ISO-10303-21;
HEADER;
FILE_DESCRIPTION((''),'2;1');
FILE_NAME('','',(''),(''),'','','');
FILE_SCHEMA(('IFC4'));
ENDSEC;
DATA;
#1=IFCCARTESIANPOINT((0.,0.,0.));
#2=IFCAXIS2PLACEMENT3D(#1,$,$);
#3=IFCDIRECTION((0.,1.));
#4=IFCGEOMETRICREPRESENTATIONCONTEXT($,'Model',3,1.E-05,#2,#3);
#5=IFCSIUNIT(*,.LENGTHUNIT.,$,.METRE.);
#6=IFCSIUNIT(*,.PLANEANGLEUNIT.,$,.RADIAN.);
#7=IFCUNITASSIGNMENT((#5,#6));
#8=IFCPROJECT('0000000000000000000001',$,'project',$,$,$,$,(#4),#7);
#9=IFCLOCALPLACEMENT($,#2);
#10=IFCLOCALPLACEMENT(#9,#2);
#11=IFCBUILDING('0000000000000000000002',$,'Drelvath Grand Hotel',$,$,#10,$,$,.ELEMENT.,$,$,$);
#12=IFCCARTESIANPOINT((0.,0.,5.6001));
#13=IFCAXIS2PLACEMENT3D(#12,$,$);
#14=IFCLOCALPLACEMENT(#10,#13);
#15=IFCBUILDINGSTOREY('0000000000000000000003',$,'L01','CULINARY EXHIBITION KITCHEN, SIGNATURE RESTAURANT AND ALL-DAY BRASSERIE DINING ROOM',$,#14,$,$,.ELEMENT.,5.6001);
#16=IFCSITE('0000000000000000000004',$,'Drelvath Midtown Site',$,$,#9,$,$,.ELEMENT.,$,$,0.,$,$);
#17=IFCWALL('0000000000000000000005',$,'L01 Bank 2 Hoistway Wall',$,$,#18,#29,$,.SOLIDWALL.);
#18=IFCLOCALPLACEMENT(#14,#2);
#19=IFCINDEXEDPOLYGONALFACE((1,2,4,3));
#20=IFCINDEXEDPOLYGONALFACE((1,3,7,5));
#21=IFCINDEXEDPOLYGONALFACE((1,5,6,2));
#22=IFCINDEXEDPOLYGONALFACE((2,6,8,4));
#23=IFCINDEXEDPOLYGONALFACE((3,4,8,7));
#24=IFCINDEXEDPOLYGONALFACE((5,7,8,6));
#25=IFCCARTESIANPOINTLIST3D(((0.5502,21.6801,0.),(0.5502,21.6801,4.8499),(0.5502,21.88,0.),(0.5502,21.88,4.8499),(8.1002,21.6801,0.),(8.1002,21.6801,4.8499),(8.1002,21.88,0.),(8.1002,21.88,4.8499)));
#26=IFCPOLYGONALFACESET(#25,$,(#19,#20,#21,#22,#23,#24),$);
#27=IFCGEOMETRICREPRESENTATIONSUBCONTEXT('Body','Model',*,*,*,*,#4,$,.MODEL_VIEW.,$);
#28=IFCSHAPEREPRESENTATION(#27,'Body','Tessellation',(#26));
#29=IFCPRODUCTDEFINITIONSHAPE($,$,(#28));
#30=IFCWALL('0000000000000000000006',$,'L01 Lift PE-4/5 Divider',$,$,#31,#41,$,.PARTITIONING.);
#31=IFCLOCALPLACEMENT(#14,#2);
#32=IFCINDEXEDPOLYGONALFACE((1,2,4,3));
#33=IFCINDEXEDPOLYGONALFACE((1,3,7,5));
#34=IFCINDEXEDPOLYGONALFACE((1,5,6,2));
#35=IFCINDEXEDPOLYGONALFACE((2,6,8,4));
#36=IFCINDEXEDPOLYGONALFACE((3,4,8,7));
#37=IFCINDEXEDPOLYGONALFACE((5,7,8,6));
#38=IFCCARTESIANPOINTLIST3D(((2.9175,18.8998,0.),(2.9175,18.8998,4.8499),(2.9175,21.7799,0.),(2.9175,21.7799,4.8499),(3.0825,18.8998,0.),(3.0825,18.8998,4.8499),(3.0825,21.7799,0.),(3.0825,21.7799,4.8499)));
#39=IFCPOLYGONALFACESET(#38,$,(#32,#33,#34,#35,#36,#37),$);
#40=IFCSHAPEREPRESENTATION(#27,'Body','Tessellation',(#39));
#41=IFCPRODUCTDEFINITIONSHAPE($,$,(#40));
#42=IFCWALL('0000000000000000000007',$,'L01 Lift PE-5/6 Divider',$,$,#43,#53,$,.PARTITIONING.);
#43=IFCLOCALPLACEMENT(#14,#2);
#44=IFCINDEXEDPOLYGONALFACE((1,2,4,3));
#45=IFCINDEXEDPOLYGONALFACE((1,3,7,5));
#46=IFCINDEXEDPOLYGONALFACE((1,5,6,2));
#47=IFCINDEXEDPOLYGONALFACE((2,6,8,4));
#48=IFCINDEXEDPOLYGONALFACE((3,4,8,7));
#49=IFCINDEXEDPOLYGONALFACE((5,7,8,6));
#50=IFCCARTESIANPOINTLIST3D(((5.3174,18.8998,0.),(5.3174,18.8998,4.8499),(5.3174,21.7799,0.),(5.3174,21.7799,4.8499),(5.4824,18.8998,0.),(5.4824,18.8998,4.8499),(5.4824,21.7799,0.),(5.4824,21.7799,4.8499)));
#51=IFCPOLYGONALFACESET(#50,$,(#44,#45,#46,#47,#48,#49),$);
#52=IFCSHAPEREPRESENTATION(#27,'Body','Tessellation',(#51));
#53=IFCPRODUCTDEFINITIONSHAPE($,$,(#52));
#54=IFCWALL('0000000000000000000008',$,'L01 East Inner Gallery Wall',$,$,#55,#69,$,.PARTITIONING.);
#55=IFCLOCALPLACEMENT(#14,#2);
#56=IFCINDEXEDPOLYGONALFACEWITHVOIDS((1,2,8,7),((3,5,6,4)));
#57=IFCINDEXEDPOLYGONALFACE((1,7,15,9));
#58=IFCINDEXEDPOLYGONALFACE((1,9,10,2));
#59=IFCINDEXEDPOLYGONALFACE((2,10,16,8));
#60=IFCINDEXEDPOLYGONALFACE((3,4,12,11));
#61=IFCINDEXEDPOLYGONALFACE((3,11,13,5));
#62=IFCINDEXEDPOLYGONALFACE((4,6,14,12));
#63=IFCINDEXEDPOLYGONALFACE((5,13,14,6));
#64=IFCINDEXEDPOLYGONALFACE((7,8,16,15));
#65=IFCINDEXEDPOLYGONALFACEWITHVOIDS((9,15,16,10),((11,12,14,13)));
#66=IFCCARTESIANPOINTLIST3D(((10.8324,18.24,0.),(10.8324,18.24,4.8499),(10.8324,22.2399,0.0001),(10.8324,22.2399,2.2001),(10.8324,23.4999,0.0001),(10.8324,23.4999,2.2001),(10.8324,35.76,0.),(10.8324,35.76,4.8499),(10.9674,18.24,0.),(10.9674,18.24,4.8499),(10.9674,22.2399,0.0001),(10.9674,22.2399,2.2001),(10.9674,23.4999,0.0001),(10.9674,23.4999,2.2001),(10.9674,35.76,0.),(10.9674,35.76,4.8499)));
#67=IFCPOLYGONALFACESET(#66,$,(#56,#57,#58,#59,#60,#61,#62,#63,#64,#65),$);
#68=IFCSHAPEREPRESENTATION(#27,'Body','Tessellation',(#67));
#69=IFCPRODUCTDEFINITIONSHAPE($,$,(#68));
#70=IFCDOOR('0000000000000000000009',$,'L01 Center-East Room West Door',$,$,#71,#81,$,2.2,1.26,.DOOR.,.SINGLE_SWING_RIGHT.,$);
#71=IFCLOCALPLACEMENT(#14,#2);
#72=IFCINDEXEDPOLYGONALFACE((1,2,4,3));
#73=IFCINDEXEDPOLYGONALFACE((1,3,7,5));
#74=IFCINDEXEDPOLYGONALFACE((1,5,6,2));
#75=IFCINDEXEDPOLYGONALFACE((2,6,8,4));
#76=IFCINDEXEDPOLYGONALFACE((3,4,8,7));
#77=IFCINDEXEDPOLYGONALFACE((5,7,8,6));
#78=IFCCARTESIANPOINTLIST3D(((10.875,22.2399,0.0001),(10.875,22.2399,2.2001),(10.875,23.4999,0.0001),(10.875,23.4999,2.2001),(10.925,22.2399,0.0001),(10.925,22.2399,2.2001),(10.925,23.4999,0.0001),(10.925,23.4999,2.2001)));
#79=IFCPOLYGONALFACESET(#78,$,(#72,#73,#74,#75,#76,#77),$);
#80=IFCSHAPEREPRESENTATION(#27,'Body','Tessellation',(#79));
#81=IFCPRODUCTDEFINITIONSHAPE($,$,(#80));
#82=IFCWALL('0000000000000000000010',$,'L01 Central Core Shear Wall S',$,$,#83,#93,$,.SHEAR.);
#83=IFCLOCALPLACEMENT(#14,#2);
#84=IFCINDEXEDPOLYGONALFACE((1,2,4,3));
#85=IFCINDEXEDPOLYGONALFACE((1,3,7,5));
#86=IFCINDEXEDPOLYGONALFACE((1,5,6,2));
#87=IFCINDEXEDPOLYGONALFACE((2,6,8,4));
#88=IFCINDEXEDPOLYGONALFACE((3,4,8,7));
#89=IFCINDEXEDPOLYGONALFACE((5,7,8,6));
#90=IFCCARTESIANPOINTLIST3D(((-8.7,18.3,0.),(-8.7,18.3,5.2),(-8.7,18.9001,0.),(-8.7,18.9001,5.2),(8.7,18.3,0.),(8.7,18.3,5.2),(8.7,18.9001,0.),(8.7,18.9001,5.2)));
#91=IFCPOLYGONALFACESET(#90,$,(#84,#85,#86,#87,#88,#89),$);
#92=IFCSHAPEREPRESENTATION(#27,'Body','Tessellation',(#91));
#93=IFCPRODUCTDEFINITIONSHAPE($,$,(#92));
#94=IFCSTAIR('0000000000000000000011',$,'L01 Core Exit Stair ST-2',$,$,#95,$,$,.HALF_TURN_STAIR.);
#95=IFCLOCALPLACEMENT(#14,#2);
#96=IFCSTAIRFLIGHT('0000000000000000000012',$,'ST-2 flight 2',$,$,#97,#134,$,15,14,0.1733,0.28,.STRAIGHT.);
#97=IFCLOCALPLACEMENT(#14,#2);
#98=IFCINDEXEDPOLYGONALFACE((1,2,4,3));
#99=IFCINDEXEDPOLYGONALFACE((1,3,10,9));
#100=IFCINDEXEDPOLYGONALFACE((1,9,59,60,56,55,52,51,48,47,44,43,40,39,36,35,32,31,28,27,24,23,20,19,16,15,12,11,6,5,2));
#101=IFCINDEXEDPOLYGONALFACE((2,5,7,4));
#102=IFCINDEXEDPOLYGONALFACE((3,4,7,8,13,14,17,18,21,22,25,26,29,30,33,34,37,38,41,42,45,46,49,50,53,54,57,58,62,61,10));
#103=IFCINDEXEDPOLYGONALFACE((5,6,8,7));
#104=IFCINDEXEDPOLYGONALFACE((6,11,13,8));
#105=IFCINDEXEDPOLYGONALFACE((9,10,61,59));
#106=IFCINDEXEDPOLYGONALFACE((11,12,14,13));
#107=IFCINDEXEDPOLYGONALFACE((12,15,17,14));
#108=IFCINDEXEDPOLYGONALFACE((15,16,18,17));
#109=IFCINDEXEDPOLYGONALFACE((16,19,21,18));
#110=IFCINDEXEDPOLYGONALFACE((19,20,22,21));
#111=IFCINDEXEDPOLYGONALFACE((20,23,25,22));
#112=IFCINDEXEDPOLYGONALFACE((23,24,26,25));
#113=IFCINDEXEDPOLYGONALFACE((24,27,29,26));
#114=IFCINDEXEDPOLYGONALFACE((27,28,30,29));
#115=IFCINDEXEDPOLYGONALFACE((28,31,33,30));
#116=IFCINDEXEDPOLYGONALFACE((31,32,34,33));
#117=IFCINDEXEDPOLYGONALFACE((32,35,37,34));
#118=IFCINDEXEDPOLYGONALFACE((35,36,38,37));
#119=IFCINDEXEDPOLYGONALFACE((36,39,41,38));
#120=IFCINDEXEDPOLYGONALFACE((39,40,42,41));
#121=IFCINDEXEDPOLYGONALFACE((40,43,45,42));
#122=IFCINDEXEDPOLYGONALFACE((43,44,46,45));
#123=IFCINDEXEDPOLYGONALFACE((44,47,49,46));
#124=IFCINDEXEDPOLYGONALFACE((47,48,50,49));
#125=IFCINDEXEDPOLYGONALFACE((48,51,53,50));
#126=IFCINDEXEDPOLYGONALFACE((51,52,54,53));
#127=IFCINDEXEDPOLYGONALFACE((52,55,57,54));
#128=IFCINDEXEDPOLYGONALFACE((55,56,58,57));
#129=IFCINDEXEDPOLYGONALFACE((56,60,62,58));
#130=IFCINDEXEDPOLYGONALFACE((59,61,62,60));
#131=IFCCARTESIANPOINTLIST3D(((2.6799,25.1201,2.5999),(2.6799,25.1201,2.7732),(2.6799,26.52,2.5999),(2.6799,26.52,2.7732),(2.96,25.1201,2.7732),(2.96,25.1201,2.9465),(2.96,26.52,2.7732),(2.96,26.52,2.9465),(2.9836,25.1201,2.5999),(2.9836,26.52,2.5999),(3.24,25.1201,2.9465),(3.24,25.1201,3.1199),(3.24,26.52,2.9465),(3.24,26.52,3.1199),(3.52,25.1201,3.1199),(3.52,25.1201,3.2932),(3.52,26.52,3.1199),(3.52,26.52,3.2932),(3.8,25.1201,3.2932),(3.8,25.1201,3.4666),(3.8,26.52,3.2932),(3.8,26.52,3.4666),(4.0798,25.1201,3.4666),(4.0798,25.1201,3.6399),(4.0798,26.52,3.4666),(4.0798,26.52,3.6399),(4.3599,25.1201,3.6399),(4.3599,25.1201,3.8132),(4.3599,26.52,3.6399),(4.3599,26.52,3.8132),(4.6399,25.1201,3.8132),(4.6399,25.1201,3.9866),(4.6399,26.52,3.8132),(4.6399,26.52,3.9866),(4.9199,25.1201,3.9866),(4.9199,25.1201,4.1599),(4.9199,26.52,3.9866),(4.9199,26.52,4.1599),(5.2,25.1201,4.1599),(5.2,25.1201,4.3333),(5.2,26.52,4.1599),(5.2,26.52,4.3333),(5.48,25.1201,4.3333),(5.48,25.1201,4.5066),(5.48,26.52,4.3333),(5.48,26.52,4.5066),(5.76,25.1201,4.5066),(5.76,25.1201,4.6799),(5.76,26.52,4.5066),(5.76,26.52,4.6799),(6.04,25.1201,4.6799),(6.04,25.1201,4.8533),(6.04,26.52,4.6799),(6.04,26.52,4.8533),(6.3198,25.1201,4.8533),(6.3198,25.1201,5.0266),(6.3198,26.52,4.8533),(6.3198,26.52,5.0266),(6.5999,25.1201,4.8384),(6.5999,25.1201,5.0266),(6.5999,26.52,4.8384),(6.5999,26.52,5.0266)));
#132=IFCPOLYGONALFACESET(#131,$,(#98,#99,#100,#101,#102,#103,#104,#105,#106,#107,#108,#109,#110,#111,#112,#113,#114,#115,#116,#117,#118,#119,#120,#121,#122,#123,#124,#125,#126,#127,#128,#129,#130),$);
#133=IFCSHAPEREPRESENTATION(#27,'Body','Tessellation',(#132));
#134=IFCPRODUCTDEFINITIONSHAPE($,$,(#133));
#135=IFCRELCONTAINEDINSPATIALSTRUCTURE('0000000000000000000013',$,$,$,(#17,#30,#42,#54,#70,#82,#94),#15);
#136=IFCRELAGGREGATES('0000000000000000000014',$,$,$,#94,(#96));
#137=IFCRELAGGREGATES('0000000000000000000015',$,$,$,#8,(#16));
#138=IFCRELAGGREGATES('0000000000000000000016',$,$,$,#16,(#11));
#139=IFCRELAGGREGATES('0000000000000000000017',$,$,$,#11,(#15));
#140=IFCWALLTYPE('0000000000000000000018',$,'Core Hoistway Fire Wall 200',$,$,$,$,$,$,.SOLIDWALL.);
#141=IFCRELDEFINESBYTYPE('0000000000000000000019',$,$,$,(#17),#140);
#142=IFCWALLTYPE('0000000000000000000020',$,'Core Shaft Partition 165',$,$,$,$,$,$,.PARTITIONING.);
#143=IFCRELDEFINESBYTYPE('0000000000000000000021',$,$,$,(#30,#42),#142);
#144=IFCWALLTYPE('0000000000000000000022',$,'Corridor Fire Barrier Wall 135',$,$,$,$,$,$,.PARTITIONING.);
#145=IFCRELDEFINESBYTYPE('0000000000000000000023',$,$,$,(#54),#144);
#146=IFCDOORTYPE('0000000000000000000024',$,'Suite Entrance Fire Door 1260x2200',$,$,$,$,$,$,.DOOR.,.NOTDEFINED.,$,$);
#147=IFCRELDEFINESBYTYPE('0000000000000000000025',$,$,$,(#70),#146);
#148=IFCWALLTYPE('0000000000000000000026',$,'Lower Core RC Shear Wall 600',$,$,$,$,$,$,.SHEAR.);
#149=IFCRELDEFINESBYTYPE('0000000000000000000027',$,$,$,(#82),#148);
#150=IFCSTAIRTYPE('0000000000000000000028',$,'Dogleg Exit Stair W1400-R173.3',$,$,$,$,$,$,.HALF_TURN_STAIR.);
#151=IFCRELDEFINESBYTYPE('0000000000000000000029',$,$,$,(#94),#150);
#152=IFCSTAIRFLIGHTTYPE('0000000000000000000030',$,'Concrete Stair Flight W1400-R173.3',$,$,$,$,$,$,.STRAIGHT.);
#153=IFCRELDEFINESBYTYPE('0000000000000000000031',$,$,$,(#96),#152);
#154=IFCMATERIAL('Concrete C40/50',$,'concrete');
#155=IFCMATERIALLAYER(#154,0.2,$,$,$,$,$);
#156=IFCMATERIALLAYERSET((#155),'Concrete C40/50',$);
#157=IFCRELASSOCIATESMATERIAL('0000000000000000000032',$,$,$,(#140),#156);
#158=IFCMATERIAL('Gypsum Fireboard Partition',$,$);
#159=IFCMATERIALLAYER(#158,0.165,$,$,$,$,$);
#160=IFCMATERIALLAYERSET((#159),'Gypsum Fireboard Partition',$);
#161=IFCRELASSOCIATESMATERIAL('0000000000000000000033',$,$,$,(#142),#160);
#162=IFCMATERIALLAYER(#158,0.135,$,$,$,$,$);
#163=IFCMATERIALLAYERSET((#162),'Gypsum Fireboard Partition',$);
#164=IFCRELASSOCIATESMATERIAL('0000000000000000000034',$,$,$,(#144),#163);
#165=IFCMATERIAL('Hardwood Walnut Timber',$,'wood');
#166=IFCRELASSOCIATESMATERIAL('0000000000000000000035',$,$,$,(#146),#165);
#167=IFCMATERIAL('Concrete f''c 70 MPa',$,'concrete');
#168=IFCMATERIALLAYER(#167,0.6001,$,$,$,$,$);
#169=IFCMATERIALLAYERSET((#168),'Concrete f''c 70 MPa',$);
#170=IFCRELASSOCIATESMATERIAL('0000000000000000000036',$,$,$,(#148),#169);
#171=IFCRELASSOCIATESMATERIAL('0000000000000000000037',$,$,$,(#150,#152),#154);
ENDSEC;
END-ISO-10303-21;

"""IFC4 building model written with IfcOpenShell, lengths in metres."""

from ifc_helpers import new_model, si_unit, direction, frame, frame_2d, origin, place, context, subcontext, project, spatial, polyline, rectangle, outline, extrude, material, layer, layer_set, type_object, element, fill, aggregate, save


model = new_model("IFC4")

# Units and contexts
model_context = context("Model", 3, precision=1e-05, world=origin(), true_north=direction((0.0, 1.0)))
body_context = subcontext(model_context, "Body", "Model", "MODEL_VIEW")
ifc_project = project(units=[si_unit("LENGTHUNIT", "METRE"), si_unit("PLANEANGLEUNIT", "RADIAN")], contexts=[model_context])

# Site, building, storey
site_placement = place(None, origin())
site = spatial("IfcSite", under=ifc_project, at=site_placement, Name="Drelvath Midtown Site", CompositionType="ELEMENT", RefElevation=0.0)
building_placement = place(site_placement, origin())
building = spatial("IfcBuilding", under=site, at=building_placement, Name="Drelvath Grand Hotel", CompositionType="ELEMENT")
storey_placement = place(building_placement, frame((0.0, 0.0, 5.6001)))
storey = spatial("IfcBuildingStorey", under=building, at=storey_placement, Name="L01", Description="CULINARY EXHIBITION KITCHEN, SIGNATURE RESTAURANT AND ALL-DAY BRASSERIE DINING ROOM", CompositionType="ELEMENT", Elevation=5.6001)

# Shared definitions
ifc_material_1 = material(Name="Concrete f'c 70 MPa", Category="concrete")

# Walls
ifc_material_2 = material(Name="Concrete C40/50", Category="concrete")
ifc_layer_1 = layer(ifc_material_2, 0.2)
ifc_layer_set_1 = layer_set([ifc_layer_1], Name="Concrete C40/50")
wall_type_1 = type_object("IfcWallType", Name="Core Hoistway Fire Wall 200", PredefinedType="SOLIDWALL", material=ifc_layer_set_1)
wall_1_placement = place(storey_placement, frame((8.1001, 21.78, 0.0), z_axis=(0.0, 0.0, 1.0), x_axis=(-1.0, 0.0, 0.0)))
element("IfcWall", 1, at=wall_1_placement, inside=storey, type_object=wall_type_1, Name="L01 Bank 2 Hoistway Wall", PredefinedType="SOLIDWALL", context=body_context, shape_type="SweptSolid", body=[
    extrude(rectangle(XDim=7.55, YDim=0.2, at=frame_2d((3.7749, 0.0))), origin(), (0.0, 0.0, 1.0), 4.8499),
])
ifc_material_3 = material(Name="Gypsum Fireboard Partition")
ifc_layer_2 = layer(ifc_material_3, 0.165)
ifc_layer_set_2 = layer_set([ifc_layer_2], Name="Gypsum Fireboard Partition")
wall_type_2 = type_object("IfcWallType", Name="Core Shaft Partition 165", PredefinedType="PARTITIONING", material=ifc_layer_set_2)
for number, where, z_axis, x_axis, name in (
    (2, (3.0, 18.8999, 0.0), (0.0, 0.0, 1.0), (0.0, 1.0, 0.0), "L01 Lift PE-4/5 Divider"),
    (3, (5.3999, 18.8999, 0.0), (0.0, 0.0, 1.0), (0.0, 1.0, 0.0), "L01 Lift PE-5/6 Divider"),
):
    element("IfcWall", number, at=place(storey_placement, frame(where, z_axis=z_axis, x_axis=x_axis)), inside=storey, type_object=wall_type_2, Name=name, PredefinedType="PARTITIONING", context=body_context, shape_type="SweptSolid", body=[
        extrude(rectangle(XDim=2.8801, YDim=0.165, at=frame_2d((1.4399, 0.0))), origin(), (0.0, 0.0, 1.0), 4.8499),
    ])

# Wall, opening, door
ifc_layer_3 = layer(ifc_material_3, 0.135)
ifc_layer_set_3 = layer_set([ifc_layer_3], Name="Gypsum Fireboard Partition")
wall_type_3 = type_object("IfcWallType", Name="Corridor Fire Barrier Wall 135", PredefinedType="PARTITIONING", material=ifc_layer_set_3)
wall_2_placement = place(storey_placement, frame((10.8999, 18.24, 0.0), z_axis=(0.0, 0.0, 1.0), x_axis=(0.0, 1.0, 0.0)))
wall_2 = element("IfcWall", 4, at=wall_2_placement, inside=storey, type_object=wall_type_3, Name="L01 East Inner Gallery Wall", PredefinedType="PARTITIONING", context=body_context, shape_type="SweptSolid", body=[
    extrude(rectangle(XDim=17.52, YDim=0.135, at=frame_2d((8.76, 0.0))), origin(), (0.0, 0.0, 1.0), 4.8499),
])
opening_1_placement = place(wall_2_placement, frame((4.0, 0.0, 0.0)))
opening_1 = element("IfcOpeningElement", 5, at=opening_1_placement, cuts=wall_2, PredefinedType="OPENING", context=body_context, shape_type="SweptSolid", body=[
    extrude(rectangle(XDim=1.26, YDim=2.2, at=frame_2d((0.6299, 1.1001))), frame((0.0, 0.0774, 0.0), z_axis=(0.0, -1.0, 0.0), x_axis=(1.0, 0.0, 0.0)), (0.0, 0.0, 1.0), 0.155),
])
ifc_material_4 = material(Name="Hardwood Walnut Timber", Category="wood")
door_type_1 = type_object("IfcDoorType", Name="Suite Entrance Fire Door 1260x2200", OperationType="NOTDEFINED", PredefinedType="DOOR", material=ifc_material_4)
door_1_placement = place(opening_1_placement, origin())
door_1 = element("IfcDoor", 6, at=door_1_placement, inside=storey, type_object=door_type_1, Name="L01 Center-East Room West Door", OperationType="SINGLE_SWING_RIGHT", OverallHeight=2.2, OverallWidth=1.26, PredefinedType="DOOR", context=body_context, shape_type="SweptSolid", body=[
    extrude(rectangle(XDim=1.26, YDim=2.2, at=frame_2d((0.6299, 1.1001))), frame((0.0, 0.0249, 0.0), z_axis=(0.0, -1.0, 0.0), x_axis=(1.0, 0.0, 0.0)), (0.0, 0.0, 1.0), 0.05),
])
fill(opening_1, door_1)

# Wall
ifc_layer_4 = layer(ifc_material_1, 0.6001)
ifc_layer_set_4 = layer_set([ifc_layer_4], Name="Concrete f'c 70 MPa")
wall_type_4 = type_object("IfcWallType", Name="Lower Core RC Shear Wall 600", PredefinedType="SHEAR", material=ifc_layer_set_4)
wall_3_placement = place(storey_placement, frame((8.7, 18.6001, 0.0), z_axis=(0.0, 0.0, 1.0), x_axis=(-1.0, 0.0, 0.0)))
element("IfcWall", 7, at=wall_3_placement, inside=storey, type_object=wall_type_4, Name="L01 Central Core Shear Wall S", PredefinedType="SHEAR", context=body_context, shape_type="SweptSolid", body=[
    extrude(rectangle(XDim=17.3999, YDim=0.6001, at=frame_2d((8.7, 0.0))), origin(), (0.0, 0.0, 1.0), 5.2),
])

# Stair, stair flight
stair_type = type_object("IfcStairType", Name="Dogleg Exit Stair W1400-R173.3", PredefinedType="HALF_TURN_STAIR", material=ifc_material_2)
stair_placement = place(storey_placement, origin())
stair = element("IfcStair", 8, at=stair_placement, inside=storey, type_object=stair_type, Name="L01 Core Exit Stair ST-2", PredefinedType="HALF_TURN_STAIR")
stair_flight_type = type_object("IfcStairFlightType", Name="Concrete Stair Flight W1400-R173.3", PredefinedType="STRAIGHT", material=ifc_material_2)
stair_flight_placement = place(storey_placement, frame((2.6799, 25.8201, 2.5999), z_axis=(0.0, 0.0, 1.0), x_axis=(1.0, 0.0, 0.0)))
stair_flight = element("IfcStairFlight", 9, at=stair_flight_placement, type_object=stair_flight_type, Name="ST-2 flight 2", NumberOfRisers=15, NumberOfTreads=14, PredefinedType="STRAIGHT", RiserHeight=0.1733, TreadLength=0.28, context=body_context, shape_type="SweptSolid", body=[
    extrude(outline(polyline([(0.0, 0.0), (0.0, 0.1733), (0.28, 0.1733), (0.28, 0.3467), (0.5601, 0.3467), (0.5601, 0.52), (0.8401, 0.52), (0.8401, 0.6934), (1.1201, 0.6934), (1.1201, 0.8667), (1.3999, 0.8667), (1.3999, 1.04), (1.6799, 1.04), (1.6799, 1.2134), (1.96, 1.2134), (1.96, 1.3867), (2.24, 1.3867), (2.24, 1.5601), (2.52, 1.5601), (2.52, 1.7334), (2.8, 1.7334), (2.8, 1.9067), (3.0801, 1.9067), (3.0801, 2.0801), (3.3601, 2.0801), (3.3601, 2.2534), (3.6399, 2.2534), (3.6399, 2.4268), (3.9199, 2.4268), (3.9199, 2.6001), (3.9199, 2.2385), (0.3037, 0.0), (0.0, 0.0)])), frame((0.0, 0.7, 0.0), z_axis=(0.0, -1.0, 0.0), x_axis=(1.0, 0.0, 0.0)), (0.0, 0.0, 1.0), 1.3999),
])
aggregate(stair, [stair_flight])

save(model, "model.ifc")
